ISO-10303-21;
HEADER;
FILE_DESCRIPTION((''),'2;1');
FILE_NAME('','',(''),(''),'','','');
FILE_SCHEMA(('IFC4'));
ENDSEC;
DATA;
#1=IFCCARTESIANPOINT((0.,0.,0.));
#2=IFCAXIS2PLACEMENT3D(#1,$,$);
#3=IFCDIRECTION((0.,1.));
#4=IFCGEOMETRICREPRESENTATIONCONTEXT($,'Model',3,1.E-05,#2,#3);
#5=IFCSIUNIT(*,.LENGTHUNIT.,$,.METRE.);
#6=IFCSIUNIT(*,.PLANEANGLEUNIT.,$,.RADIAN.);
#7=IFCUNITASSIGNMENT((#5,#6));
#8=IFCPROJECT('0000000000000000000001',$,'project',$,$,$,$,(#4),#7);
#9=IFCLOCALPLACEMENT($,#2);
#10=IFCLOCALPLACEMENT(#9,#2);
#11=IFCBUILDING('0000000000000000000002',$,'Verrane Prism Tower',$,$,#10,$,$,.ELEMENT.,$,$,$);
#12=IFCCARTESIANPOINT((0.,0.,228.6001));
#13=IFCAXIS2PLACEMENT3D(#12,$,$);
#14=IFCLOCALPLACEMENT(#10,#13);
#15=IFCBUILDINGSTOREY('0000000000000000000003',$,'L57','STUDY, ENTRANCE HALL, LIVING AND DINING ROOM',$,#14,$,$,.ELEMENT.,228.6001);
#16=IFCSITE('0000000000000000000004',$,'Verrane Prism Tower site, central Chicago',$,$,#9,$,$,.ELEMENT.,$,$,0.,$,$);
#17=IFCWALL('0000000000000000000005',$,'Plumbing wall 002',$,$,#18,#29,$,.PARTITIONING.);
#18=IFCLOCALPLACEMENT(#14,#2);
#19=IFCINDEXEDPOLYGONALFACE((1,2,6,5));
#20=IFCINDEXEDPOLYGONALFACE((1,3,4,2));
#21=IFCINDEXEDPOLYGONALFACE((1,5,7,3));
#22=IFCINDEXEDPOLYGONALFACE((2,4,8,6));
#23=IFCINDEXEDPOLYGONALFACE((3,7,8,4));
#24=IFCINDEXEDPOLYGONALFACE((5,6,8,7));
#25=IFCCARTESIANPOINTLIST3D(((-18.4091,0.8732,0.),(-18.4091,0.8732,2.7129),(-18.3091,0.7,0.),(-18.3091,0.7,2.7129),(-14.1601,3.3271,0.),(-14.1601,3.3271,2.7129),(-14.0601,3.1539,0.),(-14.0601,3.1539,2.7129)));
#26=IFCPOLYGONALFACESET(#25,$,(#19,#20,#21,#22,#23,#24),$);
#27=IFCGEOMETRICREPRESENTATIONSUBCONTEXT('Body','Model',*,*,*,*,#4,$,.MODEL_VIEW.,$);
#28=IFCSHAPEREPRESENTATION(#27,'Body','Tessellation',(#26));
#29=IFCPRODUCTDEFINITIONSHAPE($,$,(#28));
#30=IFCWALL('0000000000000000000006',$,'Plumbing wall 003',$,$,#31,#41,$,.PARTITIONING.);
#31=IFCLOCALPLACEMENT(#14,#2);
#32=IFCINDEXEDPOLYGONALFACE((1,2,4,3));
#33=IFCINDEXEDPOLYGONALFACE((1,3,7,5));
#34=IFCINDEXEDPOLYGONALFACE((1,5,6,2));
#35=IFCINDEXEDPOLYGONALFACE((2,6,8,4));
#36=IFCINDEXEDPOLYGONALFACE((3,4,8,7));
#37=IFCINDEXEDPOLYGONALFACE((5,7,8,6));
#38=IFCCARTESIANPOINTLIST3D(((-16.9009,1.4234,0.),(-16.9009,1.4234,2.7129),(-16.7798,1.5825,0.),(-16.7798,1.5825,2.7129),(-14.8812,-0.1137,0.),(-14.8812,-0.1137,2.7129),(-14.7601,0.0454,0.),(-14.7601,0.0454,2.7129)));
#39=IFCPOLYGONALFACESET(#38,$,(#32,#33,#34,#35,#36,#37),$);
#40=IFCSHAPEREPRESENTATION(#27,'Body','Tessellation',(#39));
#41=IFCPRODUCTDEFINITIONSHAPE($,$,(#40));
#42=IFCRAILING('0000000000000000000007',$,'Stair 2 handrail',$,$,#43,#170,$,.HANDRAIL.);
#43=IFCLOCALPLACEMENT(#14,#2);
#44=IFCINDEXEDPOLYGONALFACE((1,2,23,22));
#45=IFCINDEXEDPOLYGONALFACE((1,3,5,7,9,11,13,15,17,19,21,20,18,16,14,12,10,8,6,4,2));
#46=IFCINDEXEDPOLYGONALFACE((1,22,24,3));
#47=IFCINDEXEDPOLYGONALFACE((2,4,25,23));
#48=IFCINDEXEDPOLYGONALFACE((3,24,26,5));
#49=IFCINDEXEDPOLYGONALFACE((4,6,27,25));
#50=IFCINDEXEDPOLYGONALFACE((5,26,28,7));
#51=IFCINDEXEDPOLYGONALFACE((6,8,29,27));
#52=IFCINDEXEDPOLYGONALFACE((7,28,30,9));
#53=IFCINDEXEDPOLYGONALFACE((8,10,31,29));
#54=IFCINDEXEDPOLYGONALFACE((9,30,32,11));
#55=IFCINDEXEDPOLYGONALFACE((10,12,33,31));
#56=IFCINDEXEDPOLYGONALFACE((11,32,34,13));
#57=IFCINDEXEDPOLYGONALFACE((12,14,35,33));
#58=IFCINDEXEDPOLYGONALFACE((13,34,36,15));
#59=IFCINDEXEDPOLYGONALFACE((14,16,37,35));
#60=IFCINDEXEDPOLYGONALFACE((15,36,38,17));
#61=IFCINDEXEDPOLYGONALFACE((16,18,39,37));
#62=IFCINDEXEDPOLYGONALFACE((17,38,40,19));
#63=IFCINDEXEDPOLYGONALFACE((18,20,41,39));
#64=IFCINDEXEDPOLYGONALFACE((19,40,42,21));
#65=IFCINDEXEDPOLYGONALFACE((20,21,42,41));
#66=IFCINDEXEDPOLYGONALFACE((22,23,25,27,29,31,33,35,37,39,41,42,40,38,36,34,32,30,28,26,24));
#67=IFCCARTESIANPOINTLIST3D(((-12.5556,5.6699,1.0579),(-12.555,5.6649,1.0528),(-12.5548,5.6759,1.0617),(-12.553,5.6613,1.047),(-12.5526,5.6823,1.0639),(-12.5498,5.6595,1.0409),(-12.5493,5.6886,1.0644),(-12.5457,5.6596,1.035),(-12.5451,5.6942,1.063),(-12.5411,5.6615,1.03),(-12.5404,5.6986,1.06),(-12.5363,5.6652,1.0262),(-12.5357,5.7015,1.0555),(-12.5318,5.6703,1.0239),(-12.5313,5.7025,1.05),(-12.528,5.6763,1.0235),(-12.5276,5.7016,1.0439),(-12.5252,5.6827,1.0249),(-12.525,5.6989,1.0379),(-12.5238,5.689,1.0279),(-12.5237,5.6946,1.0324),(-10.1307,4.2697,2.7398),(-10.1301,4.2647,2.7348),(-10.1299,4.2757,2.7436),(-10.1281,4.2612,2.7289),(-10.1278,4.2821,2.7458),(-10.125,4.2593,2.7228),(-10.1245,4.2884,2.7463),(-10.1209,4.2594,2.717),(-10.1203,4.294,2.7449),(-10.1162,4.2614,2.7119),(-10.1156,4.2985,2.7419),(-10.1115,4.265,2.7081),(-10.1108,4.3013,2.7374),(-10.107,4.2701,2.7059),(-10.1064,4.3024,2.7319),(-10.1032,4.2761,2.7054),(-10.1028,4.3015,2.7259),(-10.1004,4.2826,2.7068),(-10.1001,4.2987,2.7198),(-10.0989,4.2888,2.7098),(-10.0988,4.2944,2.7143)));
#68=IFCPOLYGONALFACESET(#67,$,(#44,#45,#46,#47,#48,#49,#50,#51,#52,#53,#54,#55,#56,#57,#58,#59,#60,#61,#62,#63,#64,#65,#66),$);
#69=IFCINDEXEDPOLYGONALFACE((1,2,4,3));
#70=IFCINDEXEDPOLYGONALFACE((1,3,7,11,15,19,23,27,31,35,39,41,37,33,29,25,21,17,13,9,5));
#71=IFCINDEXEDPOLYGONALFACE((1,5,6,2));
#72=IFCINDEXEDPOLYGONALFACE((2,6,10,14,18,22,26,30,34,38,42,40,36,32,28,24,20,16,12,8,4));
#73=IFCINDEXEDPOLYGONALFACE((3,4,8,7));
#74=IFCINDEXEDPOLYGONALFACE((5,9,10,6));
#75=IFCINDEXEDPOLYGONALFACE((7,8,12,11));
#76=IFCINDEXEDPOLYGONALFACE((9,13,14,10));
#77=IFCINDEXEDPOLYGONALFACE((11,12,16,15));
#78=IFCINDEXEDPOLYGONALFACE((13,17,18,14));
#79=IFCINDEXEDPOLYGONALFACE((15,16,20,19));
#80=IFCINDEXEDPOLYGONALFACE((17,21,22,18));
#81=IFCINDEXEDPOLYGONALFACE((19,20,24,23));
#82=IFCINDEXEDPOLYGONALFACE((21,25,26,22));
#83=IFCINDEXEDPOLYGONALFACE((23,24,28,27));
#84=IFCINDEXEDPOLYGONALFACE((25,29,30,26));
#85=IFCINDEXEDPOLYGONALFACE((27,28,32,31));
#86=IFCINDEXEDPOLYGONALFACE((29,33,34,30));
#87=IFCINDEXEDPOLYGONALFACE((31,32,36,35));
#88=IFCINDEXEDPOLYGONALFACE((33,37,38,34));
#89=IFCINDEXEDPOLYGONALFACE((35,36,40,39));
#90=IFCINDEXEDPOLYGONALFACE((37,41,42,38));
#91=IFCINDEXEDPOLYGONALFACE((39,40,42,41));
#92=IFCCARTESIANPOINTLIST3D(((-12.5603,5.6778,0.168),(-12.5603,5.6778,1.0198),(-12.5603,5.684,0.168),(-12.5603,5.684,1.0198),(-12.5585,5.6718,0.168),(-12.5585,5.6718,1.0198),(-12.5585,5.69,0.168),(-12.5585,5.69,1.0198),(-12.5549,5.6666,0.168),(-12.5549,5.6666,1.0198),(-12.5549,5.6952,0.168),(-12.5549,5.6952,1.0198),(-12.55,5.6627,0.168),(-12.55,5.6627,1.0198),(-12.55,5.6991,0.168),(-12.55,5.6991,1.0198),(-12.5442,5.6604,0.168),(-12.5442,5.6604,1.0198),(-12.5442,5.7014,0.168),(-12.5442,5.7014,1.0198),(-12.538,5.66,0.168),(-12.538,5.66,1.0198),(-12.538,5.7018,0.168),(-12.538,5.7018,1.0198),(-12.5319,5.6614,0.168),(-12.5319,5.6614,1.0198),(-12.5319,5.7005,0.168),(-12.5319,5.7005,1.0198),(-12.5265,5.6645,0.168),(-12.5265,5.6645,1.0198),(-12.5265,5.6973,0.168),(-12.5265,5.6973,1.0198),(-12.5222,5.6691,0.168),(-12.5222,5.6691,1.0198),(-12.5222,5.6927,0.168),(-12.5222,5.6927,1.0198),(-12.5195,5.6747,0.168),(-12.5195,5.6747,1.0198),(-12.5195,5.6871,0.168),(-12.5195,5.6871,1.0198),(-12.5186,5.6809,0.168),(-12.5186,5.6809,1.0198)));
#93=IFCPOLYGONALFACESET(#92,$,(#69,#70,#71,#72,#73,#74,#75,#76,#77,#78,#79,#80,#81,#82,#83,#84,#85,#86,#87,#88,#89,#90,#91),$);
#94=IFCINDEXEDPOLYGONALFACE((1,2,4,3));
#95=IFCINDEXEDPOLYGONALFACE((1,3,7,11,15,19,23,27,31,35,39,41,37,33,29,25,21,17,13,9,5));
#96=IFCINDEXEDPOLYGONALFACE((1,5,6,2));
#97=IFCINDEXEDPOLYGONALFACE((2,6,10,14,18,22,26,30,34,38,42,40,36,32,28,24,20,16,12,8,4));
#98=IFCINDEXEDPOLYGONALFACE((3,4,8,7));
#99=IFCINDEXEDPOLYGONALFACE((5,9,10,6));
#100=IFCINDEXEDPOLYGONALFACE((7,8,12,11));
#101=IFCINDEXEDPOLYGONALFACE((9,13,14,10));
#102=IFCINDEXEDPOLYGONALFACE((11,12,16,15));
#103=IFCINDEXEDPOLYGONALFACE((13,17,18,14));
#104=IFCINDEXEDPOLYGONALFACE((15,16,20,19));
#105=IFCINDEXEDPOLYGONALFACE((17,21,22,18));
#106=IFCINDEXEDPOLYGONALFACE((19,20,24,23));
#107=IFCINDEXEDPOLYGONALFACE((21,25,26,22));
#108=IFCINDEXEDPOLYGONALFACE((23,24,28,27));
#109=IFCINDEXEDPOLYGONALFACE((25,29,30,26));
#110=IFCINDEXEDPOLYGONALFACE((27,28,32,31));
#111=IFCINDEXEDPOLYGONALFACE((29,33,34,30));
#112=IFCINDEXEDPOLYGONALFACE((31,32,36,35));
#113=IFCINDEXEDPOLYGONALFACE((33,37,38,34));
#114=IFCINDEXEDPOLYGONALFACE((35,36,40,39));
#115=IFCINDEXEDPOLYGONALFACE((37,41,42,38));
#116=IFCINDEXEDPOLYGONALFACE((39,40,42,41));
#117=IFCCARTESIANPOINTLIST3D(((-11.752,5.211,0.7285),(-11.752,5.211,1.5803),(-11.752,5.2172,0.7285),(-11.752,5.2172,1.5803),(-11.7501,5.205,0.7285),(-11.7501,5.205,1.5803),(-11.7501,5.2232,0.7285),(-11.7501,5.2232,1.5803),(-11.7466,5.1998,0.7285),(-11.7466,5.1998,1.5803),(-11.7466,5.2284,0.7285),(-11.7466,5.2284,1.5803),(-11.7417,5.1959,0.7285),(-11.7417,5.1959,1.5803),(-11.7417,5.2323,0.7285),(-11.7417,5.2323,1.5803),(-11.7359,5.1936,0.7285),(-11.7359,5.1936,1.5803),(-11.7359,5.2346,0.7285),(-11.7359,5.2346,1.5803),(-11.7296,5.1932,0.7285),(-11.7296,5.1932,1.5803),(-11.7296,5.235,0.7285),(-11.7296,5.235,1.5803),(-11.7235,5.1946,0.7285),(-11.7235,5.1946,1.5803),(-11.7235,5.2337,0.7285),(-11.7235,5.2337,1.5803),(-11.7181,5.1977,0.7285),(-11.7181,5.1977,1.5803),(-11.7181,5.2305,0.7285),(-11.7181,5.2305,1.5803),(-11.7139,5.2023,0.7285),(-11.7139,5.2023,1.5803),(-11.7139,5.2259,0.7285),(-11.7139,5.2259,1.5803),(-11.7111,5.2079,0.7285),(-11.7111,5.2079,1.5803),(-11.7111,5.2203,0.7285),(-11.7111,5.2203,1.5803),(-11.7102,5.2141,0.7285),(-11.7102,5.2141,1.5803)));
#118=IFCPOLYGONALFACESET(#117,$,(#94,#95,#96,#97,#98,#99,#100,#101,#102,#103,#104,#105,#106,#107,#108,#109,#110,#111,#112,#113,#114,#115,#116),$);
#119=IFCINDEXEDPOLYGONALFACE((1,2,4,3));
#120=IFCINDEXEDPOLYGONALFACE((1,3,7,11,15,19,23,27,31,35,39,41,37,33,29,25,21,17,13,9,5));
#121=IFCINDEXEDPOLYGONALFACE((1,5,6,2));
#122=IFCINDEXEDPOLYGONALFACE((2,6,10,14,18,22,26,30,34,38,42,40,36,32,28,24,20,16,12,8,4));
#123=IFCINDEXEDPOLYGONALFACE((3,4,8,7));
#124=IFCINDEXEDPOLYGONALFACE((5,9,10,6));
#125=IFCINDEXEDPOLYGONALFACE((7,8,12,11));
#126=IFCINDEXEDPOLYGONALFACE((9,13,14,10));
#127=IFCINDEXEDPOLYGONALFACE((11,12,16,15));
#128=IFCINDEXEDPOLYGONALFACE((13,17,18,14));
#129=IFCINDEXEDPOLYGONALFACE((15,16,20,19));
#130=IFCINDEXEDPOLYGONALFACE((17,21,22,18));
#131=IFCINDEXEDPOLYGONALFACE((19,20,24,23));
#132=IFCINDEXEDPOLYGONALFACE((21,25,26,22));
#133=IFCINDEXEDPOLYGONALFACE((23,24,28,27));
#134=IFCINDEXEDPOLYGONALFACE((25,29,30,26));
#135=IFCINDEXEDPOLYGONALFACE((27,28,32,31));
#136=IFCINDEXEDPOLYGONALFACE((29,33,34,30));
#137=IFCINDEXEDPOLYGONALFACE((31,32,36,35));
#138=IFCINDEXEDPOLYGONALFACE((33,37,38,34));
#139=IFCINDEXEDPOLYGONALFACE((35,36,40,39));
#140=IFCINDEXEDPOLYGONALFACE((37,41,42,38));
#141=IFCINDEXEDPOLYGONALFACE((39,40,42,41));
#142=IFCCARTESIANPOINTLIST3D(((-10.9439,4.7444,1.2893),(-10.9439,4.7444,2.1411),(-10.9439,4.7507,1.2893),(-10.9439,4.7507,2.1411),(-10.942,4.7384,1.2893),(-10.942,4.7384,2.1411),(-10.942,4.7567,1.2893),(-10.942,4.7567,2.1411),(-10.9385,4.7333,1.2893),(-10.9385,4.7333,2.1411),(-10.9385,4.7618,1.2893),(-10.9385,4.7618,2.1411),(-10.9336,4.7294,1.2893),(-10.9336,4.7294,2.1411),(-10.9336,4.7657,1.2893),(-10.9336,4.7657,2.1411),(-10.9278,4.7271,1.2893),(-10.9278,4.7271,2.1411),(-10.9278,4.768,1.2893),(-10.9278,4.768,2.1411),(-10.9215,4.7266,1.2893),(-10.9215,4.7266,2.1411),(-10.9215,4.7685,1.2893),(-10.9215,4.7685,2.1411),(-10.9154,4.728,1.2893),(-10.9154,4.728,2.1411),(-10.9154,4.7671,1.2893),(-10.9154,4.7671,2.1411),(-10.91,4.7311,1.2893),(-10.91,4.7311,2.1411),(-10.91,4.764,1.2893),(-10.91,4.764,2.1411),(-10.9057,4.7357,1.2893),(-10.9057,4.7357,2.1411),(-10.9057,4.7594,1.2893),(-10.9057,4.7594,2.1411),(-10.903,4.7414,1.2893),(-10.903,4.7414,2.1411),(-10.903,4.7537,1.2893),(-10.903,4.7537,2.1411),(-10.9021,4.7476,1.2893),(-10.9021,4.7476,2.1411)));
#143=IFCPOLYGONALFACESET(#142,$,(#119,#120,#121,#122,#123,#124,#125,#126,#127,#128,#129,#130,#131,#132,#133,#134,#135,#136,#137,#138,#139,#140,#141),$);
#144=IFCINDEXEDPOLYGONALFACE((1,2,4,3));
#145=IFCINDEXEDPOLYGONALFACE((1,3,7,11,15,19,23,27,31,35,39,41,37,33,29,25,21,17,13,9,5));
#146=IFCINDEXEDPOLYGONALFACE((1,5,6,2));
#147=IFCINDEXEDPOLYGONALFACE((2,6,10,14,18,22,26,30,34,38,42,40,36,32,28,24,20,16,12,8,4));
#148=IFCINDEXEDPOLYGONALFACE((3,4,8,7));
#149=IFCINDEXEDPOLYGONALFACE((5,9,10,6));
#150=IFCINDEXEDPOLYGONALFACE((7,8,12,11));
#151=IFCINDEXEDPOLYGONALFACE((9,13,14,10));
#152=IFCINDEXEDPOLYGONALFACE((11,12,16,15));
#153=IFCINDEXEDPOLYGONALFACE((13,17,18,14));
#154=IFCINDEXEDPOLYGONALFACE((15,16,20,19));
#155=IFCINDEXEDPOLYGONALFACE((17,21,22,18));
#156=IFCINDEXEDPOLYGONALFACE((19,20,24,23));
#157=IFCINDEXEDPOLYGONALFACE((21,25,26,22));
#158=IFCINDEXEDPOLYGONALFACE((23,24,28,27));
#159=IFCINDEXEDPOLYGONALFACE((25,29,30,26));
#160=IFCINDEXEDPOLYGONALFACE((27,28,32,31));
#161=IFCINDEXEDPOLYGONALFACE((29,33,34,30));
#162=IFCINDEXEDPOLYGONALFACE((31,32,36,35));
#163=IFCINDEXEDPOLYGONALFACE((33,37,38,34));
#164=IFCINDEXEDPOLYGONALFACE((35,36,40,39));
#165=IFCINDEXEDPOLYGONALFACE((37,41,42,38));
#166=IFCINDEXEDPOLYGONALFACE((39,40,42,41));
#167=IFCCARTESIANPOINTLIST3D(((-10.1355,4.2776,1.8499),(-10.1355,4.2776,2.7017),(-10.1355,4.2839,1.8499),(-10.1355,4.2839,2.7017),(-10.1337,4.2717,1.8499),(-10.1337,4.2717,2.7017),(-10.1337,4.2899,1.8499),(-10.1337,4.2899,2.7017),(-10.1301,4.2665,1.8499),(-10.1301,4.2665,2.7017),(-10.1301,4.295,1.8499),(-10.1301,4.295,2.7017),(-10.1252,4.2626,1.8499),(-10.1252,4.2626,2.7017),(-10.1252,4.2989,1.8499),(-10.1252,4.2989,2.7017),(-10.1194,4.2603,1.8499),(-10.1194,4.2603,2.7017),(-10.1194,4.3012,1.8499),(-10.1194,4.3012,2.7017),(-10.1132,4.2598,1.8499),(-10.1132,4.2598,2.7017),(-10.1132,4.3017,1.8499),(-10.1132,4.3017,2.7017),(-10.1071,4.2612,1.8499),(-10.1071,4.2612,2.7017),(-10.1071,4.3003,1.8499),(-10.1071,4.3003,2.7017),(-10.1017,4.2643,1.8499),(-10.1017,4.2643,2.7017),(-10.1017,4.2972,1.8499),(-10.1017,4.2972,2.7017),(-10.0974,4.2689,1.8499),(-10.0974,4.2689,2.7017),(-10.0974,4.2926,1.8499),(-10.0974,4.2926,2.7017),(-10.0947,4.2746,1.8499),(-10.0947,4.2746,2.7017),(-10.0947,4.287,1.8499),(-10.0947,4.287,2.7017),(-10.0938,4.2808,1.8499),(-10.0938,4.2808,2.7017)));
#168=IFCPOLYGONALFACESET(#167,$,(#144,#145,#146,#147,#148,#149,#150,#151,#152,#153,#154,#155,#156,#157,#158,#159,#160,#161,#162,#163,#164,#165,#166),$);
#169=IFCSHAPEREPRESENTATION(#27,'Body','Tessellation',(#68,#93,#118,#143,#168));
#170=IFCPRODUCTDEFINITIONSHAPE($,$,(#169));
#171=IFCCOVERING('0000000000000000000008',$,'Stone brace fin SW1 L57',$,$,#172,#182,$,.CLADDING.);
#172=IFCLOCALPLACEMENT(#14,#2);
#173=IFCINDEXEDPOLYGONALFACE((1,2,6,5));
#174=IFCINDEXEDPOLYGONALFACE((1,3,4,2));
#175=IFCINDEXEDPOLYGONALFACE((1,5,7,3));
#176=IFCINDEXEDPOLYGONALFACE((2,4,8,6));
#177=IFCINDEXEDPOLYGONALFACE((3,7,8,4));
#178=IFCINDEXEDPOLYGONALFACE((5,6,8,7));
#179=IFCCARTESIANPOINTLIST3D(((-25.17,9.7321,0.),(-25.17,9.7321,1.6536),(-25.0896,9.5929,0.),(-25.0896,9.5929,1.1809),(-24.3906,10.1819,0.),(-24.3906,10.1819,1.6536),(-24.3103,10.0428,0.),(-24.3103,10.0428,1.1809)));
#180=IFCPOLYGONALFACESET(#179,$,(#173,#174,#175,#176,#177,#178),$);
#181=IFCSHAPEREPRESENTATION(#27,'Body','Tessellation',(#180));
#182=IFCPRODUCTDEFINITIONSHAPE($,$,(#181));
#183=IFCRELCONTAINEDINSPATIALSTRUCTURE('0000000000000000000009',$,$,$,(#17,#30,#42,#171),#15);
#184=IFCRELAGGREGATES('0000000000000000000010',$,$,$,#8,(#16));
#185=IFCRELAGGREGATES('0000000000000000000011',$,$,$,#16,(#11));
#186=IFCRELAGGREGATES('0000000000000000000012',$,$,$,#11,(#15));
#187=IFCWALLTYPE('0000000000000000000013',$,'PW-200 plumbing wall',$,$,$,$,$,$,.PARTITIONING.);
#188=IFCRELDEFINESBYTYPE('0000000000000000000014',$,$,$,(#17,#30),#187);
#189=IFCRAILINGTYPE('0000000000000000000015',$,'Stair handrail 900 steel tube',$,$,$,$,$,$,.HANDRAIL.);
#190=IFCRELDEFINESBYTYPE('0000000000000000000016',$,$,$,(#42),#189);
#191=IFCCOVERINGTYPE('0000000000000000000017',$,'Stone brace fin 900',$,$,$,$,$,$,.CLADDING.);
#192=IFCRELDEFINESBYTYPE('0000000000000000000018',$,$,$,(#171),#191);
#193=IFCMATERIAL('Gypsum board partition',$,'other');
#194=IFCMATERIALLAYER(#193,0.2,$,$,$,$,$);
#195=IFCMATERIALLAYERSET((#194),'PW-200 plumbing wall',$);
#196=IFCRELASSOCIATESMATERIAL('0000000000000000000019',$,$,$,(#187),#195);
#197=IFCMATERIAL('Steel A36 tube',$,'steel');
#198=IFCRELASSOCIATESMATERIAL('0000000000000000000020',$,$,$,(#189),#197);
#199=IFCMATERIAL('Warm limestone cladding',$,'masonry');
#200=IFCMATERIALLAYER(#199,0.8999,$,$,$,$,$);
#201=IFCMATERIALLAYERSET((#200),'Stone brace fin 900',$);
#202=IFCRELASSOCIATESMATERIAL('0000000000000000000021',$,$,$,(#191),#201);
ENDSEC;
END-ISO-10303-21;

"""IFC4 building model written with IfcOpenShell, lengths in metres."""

from ifc_helpers import new_model, si_unit, direction, frame, frame_2d, origin, origin_2d, place, context, subcontext, project, spatial, polyline, rectangle, circle, outline, extrude, material, layer, layer_set, type_object, element, save


model = new_model("IFC4")

# Units and contexts
model_context = context("Model", 3, precision=1e-05, world=origin(), true_north=direction((0.0, 1.0)))
body_context = subcontext(model_context, "Body", "Model", "MODEL_VIEW")
ifc_project = project(units=[si_unit("LENGTHUNIT", "METRE"), si_unit("PLANEANGLEUNIT", "RADIAN")], contexts=[model_context])

# Site, building, storey
site_placement = place(None, origin())
site = spatial("IfcSite", under=ifc_project, at=site_placement, Name="Verrane Prism Tower site, central Chicago", CompositionType="ELEMENT", RefElevation=0.0)
building_placement = place(site_placement, origin())
building = spatial("IfcBuilding", under=site, at=building_placement, Name="Verrane Prism Tower", CompositionType="ELEMENT")
storey_placement = place(building_placement, frame((0.0, 0.0, 228.6001)))
storey = spatial("IfcBuildingStorey", under=building, at=storey_placement, Name="L57", Description="STUDY, ENTRANCE HALL, LIVING AND DINING ROOM", CompositionType="ELEMENT", Elevation=228.6001)

# Shared definitions
ifc_material_1 = material(Name="Gypsum board partition", Category="other")
ifc_layer_1 = layer(ifc_material_1, 0.2)
ifc_layer_set_1 = layer_set([ifc_layer_1], Name="PW-200 plumbing wall")
wall_type_1 = type_object("IfcWallType", Name="PW-200 plumbing wall", PredefinedType="PARTITIONING", material=ifc_layer_set_1)

# Walls
wall_1_placement = place(storey_placement, frame((-18.3591, 0.7866, 0.0), z_axis=(0.0, 0.0, 1.0), x_axis=(0.865965, 0.500104, 0.0)))
element("IfcWall", 1, at=wall_1_placement, inside=storey, type_object=wall_type_1, Name="Plumbing wall 002", PredefinedType="PARTITIONING", context=body_context, shape_type="SweptSolid", body=[
    extrude(rectangle(XDim=4.9067, YDim=0.2, at=frame_2d((2.4534, 0.0))), origin(), (0.0, 0.0, 1.0), 2.7129),
])
wall_2_placement = place(storey_placement, frame((-16.8403, 1.5029, 0.0), z_axis=(0.0, 0.0, 1.0), x_axis=(0.795767, -0.605603, 0.0)))
element("IfcWall", 2, at=wall_2_placement, inside=storey, type_object=wall_type_1, Name="Plumbing wall 003", PredefinedType="PARTITIONING", context=body_context, shape_type="SweptSolid", body=[
    extrude(rectangle(XDim=2.5381, YDim=0.2, at=frame_2d((1.269, 0.0))), origin(), (0.0, 0.0, 1.0), 2.7129),
])

# Railing
ifc_material_2 = material(Name="Steel A36 tube", Category="steel")
railing_type = type_object("IfcRailingType", Name="Stair handrail 900 steel tube", PredefinedType="HANDRAIL", material=ifc_material_2)
railing_placement = place(storey_placement, frame((-12.5396, 5.6809, 0.168)))
element("IfcRailing", 3, at=railing_placement, inside=storey, type_object=railing_type, Name="Stair 2 handrail", PredefinedType="HANDRAIL", context=body_context, shape_type="SweptSolid", body=[
    extrude(circle(Radius=0.0239, at=origin_2d()), frame((0.0, 0.0, 0.876), z_axis=(0.742367, -0.428662, 0.514918), x_axis=(0.50005, 0.865997, 0.0)), (0.0, 0.0, 1.0), 3.2664),
    extrude(circle(Radius=0.021, at=origin_2d()), origin(), (0.0, 0.0, 1.0), 0.8518),
    extrude(circle(Radius=0.021, at=origin_2d()), frame((0.8083, -0.4668, 0.5605)), (0.0, 0.0, 1.0), 0.8518),
    extrude(circle(Radius=0.021, at=origin_2d()), frame((1.6165, -0.9333, 1.1213)), (0.0, 0.0, 1.0), 0.8518),
    extrude(circle(Radius=0.021, at=origin_2d()), frame((2.4248, -1.4001, 1.6819)), (0.0, 0.0, 1.0), 0.8518),
])

# Covering
ifc_material_3 = material(Name="Warm limestone cladding", Category="masonry")
ifc_layer_2 = layer(ifc_material_3, 0.8999)
ifc_layer_set_2 = layer_set([ifc_layer_2], Name="Stone brace fin 900")
covering_type = type_object("IfcCoveringType", Name="Stone brace fin 900", PredefinedType="CLADDING", material=ifc_layer_set_2)
covering_placement = place(storey_placement, frame((-24.7, 9.8179, 0.0), z_axis=(0.0, 0.0, 1.0), x_axis=(-0.499898, 0.866084, 0.0)))
element("IfcCovering", 4, at=covering_placement, inside=storey, type_object=covering_type, Name="Stone brace fin SW1 L57", PredefinedType="CLADDING", context=body_context, shape_type="SweptSolid", body=[
    extrude(outline(polyline([(0.0, 0.0), (0.1606, 0.0), (0.1606, 1.6536), (0.0, 1.1809), (0.0, 0.0)])), frame((0.0, 0.45, 0.0), z_axis=(0.0, -1.0, 0.0), x_axis=(1.0, 0.0, 0.0)), (0.0, 0.0, 1.0), 0.8999),
])

save(model, "model.ifc")
